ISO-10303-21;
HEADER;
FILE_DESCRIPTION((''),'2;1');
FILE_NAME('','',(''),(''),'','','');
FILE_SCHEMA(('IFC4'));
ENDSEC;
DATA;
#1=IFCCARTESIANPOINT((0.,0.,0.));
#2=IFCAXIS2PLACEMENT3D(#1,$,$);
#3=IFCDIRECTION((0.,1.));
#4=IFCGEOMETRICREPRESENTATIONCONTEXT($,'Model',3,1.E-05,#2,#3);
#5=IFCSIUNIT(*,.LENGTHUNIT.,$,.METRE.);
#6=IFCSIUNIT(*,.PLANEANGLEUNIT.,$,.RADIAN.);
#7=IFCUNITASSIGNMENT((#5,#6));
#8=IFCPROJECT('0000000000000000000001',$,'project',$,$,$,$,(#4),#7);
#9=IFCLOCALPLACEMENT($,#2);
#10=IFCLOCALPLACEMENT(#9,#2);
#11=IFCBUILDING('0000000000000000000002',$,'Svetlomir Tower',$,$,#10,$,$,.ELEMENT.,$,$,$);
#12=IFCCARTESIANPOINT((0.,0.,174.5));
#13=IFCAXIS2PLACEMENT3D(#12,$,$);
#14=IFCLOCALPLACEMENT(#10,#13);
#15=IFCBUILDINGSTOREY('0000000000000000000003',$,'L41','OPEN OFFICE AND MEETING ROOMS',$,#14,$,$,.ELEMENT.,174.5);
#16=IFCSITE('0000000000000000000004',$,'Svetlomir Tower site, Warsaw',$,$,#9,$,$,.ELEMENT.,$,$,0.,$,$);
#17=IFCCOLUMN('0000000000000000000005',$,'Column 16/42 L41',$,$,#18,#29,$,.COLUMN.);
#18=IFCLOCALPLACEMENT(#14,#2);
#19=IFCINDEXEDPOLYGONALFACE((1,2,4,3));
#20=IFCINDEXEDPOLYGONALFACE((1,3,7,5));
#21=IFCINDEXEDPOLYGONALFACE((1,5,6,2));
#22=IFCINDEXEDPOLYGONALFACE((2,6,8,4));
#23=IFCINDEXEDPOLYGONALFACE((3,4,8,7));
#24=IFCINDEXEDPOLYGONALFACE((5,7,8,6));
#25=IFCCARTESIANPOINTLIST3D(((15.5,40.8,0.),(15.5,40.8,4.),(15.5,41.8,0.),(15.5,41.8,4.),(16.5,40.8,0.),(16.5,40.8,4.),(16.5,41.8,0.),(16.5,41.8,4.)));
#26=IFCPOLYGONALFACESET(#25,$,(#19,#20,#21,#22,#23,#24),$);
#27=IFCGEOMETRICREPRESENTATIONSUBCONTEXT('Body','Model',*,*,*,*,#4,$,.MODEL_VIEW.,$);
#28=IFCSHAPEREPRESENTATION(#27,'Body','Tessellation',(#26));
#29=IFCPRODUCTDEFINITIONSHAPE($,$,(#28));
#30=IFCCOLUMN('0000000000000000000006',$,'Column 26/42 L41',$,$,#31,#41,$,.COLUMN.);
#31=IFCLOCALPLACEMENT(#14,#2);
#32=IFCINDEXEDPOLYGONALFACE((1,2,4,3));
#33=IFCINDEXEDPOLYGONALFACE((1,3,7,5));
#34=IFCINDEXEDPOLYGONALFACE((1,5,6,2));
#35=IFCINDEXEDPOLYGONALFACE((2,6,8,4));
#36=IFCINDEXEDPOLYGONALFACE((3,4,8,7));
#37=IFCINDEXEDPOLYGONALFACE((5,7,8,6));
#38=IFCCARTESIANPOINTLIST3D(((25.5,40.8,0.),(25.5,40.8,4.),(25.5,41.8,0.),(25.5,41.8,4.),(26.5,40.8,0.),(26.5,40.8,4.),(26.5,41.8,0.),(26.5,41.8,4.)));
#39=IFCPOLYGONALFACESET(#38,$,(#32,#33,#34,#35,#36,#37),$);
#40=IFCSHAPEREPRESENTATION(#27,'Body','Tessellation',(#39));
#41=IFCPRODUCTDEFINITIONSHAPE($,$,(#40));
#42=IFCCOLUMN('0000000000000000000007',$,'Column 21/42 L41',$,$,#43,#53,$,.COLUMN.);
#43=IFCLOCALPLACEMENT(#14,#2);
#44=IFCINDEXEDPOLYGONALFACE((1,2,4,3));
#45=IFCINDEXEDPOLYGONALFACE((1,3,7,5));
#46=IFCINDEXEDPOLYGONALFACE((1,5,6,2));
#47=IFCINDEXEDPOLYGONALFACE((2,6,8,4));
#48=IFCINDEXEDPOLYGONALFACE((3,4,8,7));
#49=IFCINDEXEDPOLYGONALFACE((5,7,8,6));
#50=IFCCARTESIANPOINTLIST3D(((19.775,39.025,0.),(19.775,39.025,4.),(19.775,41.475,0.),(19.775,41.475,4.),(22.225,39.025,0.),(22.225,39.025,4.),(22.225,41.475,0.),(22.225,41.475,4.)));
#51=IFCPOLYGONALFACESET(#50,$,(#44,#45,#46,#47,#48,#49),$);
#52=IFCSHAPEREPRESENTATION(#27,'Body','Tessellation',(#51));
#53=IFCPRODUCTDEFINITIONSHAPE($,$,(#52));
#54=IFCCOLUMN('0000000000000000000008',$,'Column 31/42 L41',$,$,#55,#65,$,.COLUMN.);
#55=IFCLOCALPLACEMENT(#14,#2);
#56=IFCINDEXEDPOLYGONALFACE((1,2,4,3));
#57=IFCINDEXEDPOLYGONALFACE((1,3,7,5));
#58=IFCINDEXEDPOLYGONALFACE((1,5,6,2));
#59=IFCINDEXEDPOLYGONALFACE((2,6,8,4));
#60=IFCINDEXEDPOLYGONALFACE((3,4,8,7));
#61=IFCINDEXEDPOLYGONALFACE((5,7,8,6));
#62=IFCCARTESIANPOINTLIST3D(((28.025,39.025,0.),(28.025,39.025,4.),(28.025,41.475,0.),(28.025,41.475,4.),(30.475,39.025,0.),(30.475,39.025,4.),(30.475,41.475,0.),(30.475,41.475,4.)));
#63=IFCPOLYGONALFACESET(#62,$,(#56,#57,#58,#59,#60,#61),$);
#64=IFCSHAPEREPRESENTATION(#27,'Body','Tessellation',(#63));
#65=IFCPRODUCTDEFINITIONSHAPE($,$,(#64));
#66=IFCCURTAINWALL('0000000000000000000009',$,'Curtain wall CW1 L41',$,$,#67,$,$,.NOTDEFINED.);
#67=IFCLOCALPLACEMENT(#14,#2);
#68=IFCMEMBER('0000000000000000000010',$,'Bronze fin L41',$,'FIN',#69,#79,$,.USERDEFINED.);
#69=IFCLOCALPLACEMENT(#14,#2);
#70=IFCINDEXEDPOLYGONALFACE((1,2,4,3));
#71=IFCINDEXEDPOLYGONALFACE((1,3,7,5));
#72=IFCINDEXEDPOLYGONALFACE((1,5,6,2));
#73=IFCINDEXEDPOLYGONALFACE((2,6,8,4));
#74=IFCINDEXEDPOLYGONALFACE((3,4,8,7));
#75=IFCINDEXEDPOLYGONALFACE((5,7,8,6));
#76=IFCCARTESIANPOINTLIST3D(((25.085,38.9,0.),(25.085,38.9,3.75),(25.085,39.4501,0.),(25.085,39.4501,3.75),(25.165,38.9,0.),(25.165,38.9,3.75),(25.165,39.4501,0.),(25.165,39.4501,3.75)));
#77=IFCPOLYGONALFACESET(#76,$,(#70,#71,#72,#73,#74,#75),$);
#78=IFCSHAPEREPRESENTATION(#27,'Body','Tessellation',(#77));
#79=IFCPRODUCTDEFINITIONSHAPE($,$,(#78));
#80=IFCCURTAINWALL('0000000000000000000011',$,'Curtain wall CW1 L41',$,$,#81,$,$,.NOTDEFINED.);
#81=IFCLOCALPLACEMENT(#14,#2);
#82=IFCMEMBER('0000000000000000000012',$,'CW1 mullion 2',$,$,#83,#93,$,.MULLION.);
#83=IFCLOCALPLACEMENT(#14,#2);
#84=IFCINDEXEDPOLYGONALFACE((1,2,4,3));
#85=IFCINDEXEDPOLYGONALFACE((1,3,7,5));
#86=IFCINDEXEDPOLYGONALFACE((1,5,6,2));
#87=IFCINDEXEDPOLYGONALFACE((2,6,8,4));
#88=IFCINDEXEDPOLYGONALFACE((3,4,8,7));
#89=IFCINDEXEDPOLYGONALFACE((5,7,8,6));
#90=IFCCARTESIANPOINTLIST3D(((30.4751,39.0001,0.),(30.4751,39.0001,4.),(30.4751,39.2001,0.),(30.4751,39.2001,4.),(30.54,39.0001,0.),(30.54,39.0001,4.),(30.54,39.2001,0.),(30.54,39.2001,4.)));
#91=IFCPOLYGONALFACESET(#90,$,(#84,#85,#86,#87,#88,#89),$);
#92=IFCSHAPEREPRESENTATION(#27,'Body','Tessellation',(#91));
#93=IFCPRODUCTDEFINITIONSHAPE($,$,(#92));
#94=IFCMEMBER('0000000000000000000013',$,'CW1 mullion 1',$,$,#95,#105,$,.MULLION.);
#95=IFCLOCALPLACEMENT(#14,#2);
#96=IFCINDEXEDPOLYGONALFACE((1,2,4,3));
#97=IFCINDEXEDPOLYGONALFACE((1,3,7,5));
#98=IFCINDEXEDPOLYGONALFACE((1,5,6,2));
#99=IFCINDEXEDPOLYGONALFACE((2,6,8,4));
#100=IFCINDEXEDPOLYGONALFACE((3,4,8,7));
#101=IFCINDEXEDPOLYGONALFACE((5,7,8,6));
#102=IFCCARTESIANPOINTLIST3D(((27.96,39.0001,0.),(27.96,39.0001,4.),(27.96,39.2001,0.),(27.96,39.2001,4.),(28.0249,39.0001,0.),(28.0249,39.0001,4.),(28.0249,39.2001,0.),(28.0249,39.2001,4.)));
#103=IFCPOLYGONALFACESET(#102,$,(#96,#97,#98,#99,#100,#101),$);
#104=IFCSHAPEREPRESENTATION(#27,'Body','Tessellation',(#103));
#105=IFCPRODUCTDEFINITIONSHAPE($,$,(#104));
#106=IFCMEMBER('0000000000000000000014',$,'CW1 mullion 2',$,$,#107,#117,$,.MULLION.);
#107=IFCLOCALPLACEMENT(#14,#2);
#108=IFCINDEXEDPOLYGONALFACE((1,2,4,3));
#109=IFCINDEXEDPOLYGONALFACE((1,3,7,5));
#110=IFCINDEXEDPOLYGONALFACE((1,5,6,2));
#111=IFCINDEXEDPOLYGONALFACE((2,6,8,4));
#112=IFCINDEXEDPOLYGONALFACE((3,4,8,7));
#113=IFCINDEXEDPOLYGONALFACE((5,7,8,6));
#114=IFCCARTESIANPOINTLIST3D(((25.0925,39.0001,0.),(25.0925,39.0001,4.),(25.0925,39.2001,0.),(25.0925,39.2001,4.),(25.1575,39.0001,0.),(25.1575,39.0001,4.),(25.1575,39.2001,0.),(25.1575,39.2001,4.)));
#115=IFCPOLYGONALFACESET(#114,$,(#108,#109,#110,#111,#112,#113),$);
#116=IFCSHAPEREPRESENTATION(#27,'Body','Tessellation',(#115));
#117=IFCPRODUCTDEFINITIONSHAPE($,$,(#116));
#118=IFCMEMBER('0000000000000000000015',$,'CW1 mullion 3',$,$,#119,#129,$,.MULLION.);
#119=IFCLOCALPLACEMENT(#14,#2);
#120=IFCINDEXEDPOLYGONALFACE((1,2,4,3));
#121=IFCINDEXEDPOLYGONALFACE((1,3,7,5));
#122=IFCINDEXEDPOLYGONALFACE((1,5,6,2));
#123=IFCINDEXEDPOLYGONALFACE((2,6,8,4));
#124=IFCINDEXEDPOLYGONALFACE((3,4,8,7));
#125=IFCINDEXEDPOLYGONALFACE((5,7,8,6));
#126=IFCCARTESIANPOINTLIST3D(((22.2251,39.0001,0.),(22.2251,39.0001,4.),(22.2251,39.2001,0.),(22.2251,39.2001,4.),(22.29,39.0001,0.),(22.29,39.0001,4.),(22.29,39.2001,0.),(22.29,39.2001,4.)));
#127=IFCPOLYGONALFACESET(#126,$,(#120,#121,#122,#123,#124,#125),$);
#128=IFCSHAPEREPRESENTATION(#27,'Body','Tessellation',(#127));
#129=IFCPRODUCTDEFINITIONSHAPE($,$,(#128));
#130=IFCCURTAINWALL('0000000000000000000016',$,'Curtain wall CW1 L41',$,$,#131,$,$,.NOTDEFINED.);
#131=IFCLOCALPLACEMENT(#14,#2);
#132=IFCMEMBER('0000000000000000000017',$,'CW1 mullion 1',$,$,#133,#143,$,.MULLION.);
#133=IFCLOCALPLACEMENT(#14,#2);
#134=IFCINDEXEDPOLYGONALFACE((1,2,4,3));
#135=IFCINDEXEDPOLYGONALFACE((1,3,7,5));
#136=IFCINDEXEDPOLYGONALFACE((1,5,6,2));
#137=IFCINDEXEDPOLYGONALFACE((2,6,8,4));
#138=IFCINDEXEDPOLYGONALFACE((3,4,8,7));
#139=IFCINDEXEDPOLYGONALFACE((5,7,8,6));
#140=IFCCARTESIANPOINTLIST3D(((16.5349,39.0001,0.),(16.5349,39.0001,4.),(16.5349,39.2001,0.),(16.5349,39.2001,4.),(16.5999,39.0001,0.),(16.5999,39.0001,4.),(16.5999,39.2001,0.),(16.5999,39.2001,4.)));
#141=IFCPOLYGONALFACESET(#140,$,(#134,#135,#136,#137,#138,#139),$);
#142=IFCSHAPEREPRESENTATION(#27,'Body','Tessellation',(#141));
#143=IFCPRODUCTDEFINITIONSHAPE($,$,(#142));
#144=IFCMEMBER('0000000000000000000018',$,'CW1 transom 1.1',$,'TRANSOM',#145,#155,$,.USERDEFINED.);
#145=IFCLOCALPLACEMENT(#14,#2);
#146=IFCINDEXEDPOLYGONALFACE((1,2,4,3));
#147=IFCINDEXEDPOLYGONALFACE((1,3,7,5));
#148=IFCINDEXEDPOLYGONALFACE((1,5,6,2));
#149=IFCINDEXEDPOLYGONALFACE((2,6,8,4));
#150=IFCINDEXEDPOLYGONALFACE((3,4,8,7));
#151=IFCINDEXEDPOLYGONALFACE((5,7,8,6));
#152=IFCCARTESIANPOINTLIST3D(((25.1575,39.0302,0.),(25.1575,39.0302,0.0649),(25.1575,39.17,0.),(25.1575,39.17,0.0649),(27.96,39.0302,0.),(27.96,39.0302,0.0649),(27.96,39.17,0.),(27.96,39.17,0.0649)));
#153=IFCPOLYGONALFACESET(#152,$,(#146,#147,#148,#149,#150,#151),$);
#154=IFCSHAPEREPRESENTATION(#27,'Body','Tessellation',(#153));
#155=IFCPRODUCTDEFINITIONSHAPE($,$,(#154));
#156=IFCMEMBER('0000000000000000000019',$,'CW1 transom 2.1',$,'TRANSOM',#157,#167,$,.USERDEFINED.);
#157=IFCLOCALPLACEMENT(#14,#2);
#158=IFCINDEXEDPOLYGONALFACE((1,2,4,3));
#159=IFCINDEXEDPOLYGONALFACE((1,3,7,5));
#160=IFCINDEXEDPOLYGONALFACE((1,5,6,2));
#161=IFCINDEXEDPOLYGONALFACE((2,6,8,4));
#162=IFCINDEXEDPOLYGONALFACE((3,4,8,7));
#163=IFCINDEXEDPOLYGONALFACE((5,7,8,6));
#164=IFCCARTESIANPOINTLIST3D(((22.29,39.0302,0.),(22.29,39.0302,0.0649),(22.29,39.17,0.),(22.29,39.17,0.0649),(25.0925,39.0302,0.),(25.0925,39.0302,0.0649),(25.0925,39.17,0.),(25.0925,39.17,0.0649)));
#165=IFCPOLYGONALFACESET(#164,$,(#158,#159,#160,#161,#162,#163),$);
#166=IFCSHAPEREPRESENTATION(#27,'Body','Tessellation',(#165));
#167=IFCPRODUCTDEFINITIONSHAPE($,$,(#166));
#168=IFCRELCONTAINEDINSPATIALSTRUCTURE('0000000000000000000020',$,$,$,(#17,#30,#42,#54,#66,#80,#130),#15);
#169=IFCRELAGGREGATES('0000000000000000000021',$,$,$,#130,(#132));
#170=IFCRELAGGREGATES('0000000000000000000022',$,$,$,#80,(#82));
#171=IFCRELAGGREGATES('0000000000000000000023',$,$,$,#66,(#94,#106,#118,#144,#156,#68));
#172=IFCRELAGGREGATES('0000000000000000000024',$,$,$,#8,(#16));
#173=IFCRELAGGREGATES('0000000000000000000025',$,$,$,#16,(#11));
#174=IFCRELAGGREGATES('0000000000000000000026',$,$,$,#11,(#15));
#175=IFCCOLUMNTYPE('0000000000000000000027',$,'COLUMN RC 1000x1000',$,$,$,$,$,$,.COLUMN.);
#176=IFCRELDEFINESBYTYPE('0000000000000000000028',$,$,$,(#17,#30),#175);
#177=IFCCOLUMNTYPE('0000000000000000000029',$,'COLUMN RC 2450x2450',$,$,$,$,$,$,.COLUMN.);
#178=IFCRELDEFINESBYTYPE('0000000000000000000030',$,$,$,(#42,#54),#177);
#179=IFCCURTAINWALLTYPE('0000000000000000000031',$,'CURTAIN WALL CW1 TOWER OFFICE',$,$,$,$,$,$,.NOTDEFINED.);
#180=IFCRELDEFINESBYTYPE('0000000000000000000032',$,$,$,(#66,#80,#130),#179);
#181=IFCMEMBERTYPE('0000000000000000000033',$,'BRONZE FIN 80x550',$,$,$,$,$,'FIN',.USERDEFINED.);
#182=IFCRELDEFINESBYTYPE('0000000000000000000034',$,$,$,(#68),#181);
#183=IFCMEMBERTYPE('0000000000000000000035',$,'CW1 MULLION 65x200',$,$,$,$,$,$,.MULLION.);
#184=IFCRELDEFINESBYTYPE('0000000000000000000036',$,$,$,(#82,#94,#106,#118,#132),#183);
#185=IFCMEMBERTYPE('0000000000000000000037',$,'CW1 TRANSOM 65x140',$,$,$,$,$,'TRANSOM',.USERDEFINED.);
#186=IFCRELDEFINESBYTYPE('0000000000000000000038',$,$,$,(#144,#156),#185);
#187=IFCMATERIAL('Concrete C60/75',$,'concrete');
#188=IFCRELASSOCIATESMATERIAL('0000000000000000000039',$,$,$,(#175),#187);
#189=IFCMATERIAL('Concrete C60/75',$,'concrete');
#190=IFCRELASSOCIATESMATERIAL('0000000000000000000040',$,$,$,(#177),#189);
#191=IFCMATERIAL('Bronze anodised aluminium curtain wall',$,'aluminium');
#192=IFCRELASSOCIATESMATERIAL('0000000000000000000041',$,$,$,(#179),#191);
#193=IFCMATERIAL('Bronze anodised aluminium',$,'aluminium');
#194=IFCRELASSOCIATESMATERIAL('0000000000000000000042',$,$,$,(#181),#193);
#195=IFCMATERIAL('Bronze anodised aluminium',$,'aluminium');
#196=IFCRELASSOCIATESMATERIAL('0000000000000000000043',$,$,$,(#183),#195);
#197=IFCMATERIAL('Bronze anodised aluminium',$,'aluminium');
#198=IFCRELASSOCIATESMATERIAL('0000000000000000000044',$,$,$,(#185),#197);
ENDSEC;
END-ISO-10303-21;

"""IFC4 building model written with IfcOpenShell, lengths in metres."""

from ifc_helpers import new_model, si_unit, direction, frame, origin, origin_2d, place, context, subcontext, project, spatial, rectangle, extrude, material, material_profile, profile_set, type_object, element, aggregate, save


model = new_model("IFC4")

# Units and contexts
model_context = context("Model", 3, precision=1e-05, world=origin(), true_north=direction((0.0, 1.0)))
body_context = subcontext(model_context, "Body", "Model", "MODEL_VIEW")
ifc_project = project(units=[si_unit("LENGTHUNIT", "METRE"), si_unit("PLANEANGLEUNIT", "RADIAN")], contexts=[model_context])

# Site, building, storey
site_placement = place(None, origin())
site = spatial("IfcSite", under=ifc_project, at=site_placement, Name="Svetlomir Tower site, Warsaw", CompositionType="ELEMENT", RefElevation=0.0)
building_placement = place(site_placement, origin())
building = spatial("IfcBuilding", under=site, at=building_placement, Name="Svetlomir Tower", CompositionType="ELEMENT")
storey_placement = place(building_placement, frame((0.0, 0.0, 174.5)))
storey = spatial("IfcBuildingStorey", under=building, at=storey_placement, Name="L41", Description="OPEN OFFICE AND MEETING ROOMS", CompositionType="ELEMENT", Elevation=174.5)

# Columns
ifc_material_1 = material(Name="Concrete C60/75", Category="concrete")
ifc_material_profile_1 = material_profile(ifc_material_1, rectangle(XDim=1.0, YDim=1.0, at=origin_2d()), Name="RC 1000x1000")
ifc_profile_set_1 = profile_set([ifc_material_profile_1], Name="Concrete C60/75")
column_type_1 = type_object("IfcColumnType", Name="COLUMN RC 1000x1000", PredefinedType="COLUMN", material=ifc_profile_set_1)
for number, where, z_axis, x_axis, name in (
    (1, (16.0, 41.3, 0.0), (0.0, 0.0, 1.0), (1.0, 0.0, 0.0), "Column 16/42 L41"),
    (2, (26.0, 41.3, 0.0), (0.0, 0.0, 1.0), (1.0, 0.0, 0.0), "Column 26/42 L41"),
):
    element("IfcColumn", number, at=place(storey_placement, frame(where, z_axis=z_axis, x_axis=x_axis)), inside=storey, type_object=column_type_1, Name=name, PredefinedType="COLUMN", context=body_context, shape_type="SweptSolid", body=[
        extrude(rectangle(XDim=1.0, YDim=1.0, at=origin_2d()), origin(), (0.0, 0.0, 1.0), 4.0),
    ])
ifc_material_2 = material(Name="Concrete C60/75", Category="concrete")
ifc_material_profile_2 = material_profile(ifc_material_2, rectangle(XDim=2.45, YDim=2.45, at=origin_2d()), Name="RC 2450x2450")
ifc_profile_set_2 = profile_set([ifc_material_profile_2], Name="Concrete C60/75")
column_type_2 = type_object("IfcColumnType", Name="COLUMN RC 2450x2450", PredefinedType="COLUMN", material=ifc_profile_set_2)
for number, where, z_axis, x_axis, name in (
    (3, (21.0, 40.25, 0.0), (0.0, 0.0, 1.0), (1.0, 0.0, 0.0), "Column 21/42 L41"),
    (4, (29.25, 40.25, 0.0), (0.0, 0.0, 1.0), (1.0, 0.0, 0.0), "Column 31/42 L41"),
):
    element("IfcColumn", number, at=place(storey_placement, frame(where, z_axis=z_axis, x_axis=x_axis)), inside=storey, type_object=column_type_2, Name=name, PredefinedType="COLUMN", context=body_context, shape_type="SweptSolid", body=[
        extrude(rectangle(XDim=2.45, YDim=2.45, at=origin_2d()), origin(), (0.0, 0.0, 1.0), 4.0),
    ])

# Curtain walls, members
ifc_material_3 = material(Name="Bronze anodised aluminium curtain wall", Category="aluminium")
curtain_wall_type = type_object("IfcCurtainWallType", Name="CURTAIN WALL CW1 TOWER OFFICE", PredefinedType="NOTDEFINED", material=ifc_material_3)
curtain_wall_1_placement = place(storey_placement, origin())
curtain_wall_1 = element("IfcCurtainWall", 5, at=curtain_wall_1_placement, inside=storey, type_object=curtain_wall_type, Name="Curtain wall CW1 L41", PredefinedType="NOTDEFINED")
ifc_material_4 = material(Name="Bronze anodised aluminium", Category="aluminium")
ifc_material_profile_3 = material_profile(ifc_material_4, rectangle(XDim=0.0801, YDim=0.55, at=origin_2d()), Name="FIN 80x550")
ifc_profile_set_3 = profile_set([ifc_material_profile_3], Name="Bronze anodised aluminium 6063-T6")
member_type_1 = type_object("IfcMemberType", Name="BRONZE FIN 80x550", ElementType="FIN", PredefinedType="USERDEFINED", material=ifc_profile_set_3)
member_1_placement = place(storey_placement, frame((25.125, 39.175, 0.0), z_axis=(0.0, 0.0, 1.0), x_axis=(1.0, 0.0, 0.0)))
member_1 = element("IfcMember", 6, at=member_1_placement, type_object=member_type_1, Name="Bronze fin L41", ObjectType="FIN", PredefinedType="USERDEFINED", context=body_context, shape_type="SweptSolid", body=[
    extrude(rectangle(XDim=0.0801, YDim=0.55, at=origin_2d()), origin(), (0.0, 0.0, 1.0), 3.75),
])
curtain_wall_2_placement = place(storey_placement, origin())
curtain_wall_2 = element("IfcCurtainWall", 7, at=curtain_wall_2_placement, inside=storey, type_object=curtain_wall_type, Name="Curtain wall CW1 L41", PredefinedType="NOTDEFINED")
ifc_material_5 = material(Name="Bronze anodised aluminium", Category="aluminium")
ifc_material_profile_4 = material_profile(ifc_material_5, rectangle(XDim=0.0649, YDim=0.2, at=origin_2d()), Name="AL 65x200")
ifc_profile_set_4 = profile_set([ifc_material_profile_4], Name="Bronze anodised aluminium 6063-T6")
member_type_2 = type_object("IfcMemberType", Name="CW1 MULLION 65x200", PredefinedType="MULLION", material=ifc_profile_set_4)
member_2_placement = place(storey_placement, frame((30.5076, 39.1001, 0.0), z_axis=(0.0, 0.0, 1.0), x_axis=(-1.0, 0.0, 0.0)))
member_2 = element("IfcMember", 8, at=member_2_placement, type_object=member_type_2, Name="CW1 mullion 2", PredefinedType="MULLION", context=body_context, shape_type="SweptSolid", body=[
    extrude(rectangle(XDim=0.0649, YDim=0.2, at=origin_2d()), origin(), (0.0, 0.0, 1.0), 4.0),
])

# Members
member_3_placement = place(storey_placement, frame((27.9924, 39.1001, 0.0), z_axis=(0.0, 0.0, 1.0), x_axis=(-1.0, 0.0, 0.0)))
member_3 = element("IfcMember", 9, at=member_3_placement, type_object=member_type_2, Name="CW1 mullion 1", PredefinedType="MULLION", context=body_context, shape_type="SweptSolid", body=[
    extrude(rectangle(XDim=0.0649, YDim=0.2, at=origin_2d()), origin(), (0.0, 0.0, 1.0), 4.0),
])
member_4_placement = place(storey_placement, frame((25.125, 39.1001, 0.0), z_axis=(0.0, 0.0, 1.0), x_axis=(-1.0, 0.0, 0.0)))
member_4 = element("IfcMember", 10, at=member_4_placement, type_object=member_type_2, Name="CW1 mullion 2", PredefinedType="MULLION", context=body_context, shape_type="SweptSolid", body=[
    extrude(rectangle(XDim=0.0649, YDim=0.2, at=origin_2d()), origin(), (0.0, 0.0, 1.0), 4.0),
])
member_5_placement = place(storey_placement, frame((22.2576, 39.1001, 0.0), z_axis=(0.0, 0.0, 1.0), x_axis=(-1.0, 0.0, 0.0)))
member_5 = element("IfcMember", 11, at=member_5_placement, type_object=member_type_2, Name="CW1 mullion 3", PredefinedType="MULLION", context=body_context, shape_type="SweptSolid", body=[
    extrude(rectangle(XDim=0.0649, YDim=0.2, at=origin_2d()), origin(), (0.0, 0.0, 1.0), 4.0),
])

# Curtain wall, member
curtain_wall_3_placement = place(storey_placement, origin())
curtain_wall_3 = element("IfcCurtainWall", 12, at=curtain_wall_3_placement, inside=storey, type_object=curtain_wall_type, Name="Curtain wall CW1 L41", PredefinedType="NOTDEFINED")
member_6_placement = place(storey_placement, frame((16.5674, 39.1001, 0.0), z_axis=(0.0, 0.0, 1.0), x_axis=(-1.0, 0.0, 0.0)))
member_6 = element("IfcMember", 13, at=member_6_placement, type_object=member_type_2, Name="CW1 mullion 1", PredefinedType="MULLION", context=body_context, shape_type="SweptSolid", body=[
    extrude(rectangle(XDim=0.0649, YDim=0.2, at=origin_2d()), origin(), (0.0, 0.0, 1.0), 4.0),
])
aggregate(curtain_wall_3, [member_6])

# Members
ifc_material_6 = material(Name="Bronze anodised aluminium", Category="aluminium")
ifc_material_profile_5 = material_profile(ifc_material_6, rectangle(XDim=0.1399, YDim=0.0649, at=origin_2d()), Name="AL 140x65")
ifc_profile_set_5 = profile_set([ifc_material_profile_5], Name="Bronze anodised aluminium 6063-T6")
member_type_3 = type_object("IfcMemberType", Name="CW1 TRANSOM 65x140", ElementType="TRANSOM", PredefinedType="USERDEFINED", material=ifc_profile_set_5)
member_7_placement = place(storey_placement, frame((27.96, 39.1001, 0.0325), z_axis=(-1.0, 0.0, 0.0), x_axis=(0.0, -1.0, 0.0)))
member_7 = element("IfcMember", 14, at=member_7_placement, type_object=member_type_3, Name="CW1 transom 1.1", ObjectType="TRANSOM", PredefinedType="USERDEFINED", context=body_context, shape_type="SweptSolid", body=[
    extrude(rectangle(XDim=0.1399, YDim=0.0649, at=origin_2d()), origin(), (0.0, 0.0, 1.0), 2.8025),
])
member_8_placement = place(storey_placement, frame((25.0925, 39.1001, 0.0325), z_axis=(-1.0, 0.0, 0.0), x_axis=(0.0, -1.0, 0.0)))
member_8 = element("IfcMember", 15, at=member_8_placement, type_object=member_type_3, Name="CW1 transom 2.1", ObjectType="TRANSOM", PredefinedType="USERDEFINED", context=body_context, shape_type="SweptSolid", body=[
    extrude(rectangle(XDim=0.1399, YDim=0.0649, at=origin_2d()), origin(), (0.0, 0.0, 1.0), 2.8025),
])

aggregate(curtain_wall_2, [member_2])
aggregate(curtain_wall_1, [member_3, member_4, member_5, member_7, member_8, member_1])

save(model, "model.ifc")
